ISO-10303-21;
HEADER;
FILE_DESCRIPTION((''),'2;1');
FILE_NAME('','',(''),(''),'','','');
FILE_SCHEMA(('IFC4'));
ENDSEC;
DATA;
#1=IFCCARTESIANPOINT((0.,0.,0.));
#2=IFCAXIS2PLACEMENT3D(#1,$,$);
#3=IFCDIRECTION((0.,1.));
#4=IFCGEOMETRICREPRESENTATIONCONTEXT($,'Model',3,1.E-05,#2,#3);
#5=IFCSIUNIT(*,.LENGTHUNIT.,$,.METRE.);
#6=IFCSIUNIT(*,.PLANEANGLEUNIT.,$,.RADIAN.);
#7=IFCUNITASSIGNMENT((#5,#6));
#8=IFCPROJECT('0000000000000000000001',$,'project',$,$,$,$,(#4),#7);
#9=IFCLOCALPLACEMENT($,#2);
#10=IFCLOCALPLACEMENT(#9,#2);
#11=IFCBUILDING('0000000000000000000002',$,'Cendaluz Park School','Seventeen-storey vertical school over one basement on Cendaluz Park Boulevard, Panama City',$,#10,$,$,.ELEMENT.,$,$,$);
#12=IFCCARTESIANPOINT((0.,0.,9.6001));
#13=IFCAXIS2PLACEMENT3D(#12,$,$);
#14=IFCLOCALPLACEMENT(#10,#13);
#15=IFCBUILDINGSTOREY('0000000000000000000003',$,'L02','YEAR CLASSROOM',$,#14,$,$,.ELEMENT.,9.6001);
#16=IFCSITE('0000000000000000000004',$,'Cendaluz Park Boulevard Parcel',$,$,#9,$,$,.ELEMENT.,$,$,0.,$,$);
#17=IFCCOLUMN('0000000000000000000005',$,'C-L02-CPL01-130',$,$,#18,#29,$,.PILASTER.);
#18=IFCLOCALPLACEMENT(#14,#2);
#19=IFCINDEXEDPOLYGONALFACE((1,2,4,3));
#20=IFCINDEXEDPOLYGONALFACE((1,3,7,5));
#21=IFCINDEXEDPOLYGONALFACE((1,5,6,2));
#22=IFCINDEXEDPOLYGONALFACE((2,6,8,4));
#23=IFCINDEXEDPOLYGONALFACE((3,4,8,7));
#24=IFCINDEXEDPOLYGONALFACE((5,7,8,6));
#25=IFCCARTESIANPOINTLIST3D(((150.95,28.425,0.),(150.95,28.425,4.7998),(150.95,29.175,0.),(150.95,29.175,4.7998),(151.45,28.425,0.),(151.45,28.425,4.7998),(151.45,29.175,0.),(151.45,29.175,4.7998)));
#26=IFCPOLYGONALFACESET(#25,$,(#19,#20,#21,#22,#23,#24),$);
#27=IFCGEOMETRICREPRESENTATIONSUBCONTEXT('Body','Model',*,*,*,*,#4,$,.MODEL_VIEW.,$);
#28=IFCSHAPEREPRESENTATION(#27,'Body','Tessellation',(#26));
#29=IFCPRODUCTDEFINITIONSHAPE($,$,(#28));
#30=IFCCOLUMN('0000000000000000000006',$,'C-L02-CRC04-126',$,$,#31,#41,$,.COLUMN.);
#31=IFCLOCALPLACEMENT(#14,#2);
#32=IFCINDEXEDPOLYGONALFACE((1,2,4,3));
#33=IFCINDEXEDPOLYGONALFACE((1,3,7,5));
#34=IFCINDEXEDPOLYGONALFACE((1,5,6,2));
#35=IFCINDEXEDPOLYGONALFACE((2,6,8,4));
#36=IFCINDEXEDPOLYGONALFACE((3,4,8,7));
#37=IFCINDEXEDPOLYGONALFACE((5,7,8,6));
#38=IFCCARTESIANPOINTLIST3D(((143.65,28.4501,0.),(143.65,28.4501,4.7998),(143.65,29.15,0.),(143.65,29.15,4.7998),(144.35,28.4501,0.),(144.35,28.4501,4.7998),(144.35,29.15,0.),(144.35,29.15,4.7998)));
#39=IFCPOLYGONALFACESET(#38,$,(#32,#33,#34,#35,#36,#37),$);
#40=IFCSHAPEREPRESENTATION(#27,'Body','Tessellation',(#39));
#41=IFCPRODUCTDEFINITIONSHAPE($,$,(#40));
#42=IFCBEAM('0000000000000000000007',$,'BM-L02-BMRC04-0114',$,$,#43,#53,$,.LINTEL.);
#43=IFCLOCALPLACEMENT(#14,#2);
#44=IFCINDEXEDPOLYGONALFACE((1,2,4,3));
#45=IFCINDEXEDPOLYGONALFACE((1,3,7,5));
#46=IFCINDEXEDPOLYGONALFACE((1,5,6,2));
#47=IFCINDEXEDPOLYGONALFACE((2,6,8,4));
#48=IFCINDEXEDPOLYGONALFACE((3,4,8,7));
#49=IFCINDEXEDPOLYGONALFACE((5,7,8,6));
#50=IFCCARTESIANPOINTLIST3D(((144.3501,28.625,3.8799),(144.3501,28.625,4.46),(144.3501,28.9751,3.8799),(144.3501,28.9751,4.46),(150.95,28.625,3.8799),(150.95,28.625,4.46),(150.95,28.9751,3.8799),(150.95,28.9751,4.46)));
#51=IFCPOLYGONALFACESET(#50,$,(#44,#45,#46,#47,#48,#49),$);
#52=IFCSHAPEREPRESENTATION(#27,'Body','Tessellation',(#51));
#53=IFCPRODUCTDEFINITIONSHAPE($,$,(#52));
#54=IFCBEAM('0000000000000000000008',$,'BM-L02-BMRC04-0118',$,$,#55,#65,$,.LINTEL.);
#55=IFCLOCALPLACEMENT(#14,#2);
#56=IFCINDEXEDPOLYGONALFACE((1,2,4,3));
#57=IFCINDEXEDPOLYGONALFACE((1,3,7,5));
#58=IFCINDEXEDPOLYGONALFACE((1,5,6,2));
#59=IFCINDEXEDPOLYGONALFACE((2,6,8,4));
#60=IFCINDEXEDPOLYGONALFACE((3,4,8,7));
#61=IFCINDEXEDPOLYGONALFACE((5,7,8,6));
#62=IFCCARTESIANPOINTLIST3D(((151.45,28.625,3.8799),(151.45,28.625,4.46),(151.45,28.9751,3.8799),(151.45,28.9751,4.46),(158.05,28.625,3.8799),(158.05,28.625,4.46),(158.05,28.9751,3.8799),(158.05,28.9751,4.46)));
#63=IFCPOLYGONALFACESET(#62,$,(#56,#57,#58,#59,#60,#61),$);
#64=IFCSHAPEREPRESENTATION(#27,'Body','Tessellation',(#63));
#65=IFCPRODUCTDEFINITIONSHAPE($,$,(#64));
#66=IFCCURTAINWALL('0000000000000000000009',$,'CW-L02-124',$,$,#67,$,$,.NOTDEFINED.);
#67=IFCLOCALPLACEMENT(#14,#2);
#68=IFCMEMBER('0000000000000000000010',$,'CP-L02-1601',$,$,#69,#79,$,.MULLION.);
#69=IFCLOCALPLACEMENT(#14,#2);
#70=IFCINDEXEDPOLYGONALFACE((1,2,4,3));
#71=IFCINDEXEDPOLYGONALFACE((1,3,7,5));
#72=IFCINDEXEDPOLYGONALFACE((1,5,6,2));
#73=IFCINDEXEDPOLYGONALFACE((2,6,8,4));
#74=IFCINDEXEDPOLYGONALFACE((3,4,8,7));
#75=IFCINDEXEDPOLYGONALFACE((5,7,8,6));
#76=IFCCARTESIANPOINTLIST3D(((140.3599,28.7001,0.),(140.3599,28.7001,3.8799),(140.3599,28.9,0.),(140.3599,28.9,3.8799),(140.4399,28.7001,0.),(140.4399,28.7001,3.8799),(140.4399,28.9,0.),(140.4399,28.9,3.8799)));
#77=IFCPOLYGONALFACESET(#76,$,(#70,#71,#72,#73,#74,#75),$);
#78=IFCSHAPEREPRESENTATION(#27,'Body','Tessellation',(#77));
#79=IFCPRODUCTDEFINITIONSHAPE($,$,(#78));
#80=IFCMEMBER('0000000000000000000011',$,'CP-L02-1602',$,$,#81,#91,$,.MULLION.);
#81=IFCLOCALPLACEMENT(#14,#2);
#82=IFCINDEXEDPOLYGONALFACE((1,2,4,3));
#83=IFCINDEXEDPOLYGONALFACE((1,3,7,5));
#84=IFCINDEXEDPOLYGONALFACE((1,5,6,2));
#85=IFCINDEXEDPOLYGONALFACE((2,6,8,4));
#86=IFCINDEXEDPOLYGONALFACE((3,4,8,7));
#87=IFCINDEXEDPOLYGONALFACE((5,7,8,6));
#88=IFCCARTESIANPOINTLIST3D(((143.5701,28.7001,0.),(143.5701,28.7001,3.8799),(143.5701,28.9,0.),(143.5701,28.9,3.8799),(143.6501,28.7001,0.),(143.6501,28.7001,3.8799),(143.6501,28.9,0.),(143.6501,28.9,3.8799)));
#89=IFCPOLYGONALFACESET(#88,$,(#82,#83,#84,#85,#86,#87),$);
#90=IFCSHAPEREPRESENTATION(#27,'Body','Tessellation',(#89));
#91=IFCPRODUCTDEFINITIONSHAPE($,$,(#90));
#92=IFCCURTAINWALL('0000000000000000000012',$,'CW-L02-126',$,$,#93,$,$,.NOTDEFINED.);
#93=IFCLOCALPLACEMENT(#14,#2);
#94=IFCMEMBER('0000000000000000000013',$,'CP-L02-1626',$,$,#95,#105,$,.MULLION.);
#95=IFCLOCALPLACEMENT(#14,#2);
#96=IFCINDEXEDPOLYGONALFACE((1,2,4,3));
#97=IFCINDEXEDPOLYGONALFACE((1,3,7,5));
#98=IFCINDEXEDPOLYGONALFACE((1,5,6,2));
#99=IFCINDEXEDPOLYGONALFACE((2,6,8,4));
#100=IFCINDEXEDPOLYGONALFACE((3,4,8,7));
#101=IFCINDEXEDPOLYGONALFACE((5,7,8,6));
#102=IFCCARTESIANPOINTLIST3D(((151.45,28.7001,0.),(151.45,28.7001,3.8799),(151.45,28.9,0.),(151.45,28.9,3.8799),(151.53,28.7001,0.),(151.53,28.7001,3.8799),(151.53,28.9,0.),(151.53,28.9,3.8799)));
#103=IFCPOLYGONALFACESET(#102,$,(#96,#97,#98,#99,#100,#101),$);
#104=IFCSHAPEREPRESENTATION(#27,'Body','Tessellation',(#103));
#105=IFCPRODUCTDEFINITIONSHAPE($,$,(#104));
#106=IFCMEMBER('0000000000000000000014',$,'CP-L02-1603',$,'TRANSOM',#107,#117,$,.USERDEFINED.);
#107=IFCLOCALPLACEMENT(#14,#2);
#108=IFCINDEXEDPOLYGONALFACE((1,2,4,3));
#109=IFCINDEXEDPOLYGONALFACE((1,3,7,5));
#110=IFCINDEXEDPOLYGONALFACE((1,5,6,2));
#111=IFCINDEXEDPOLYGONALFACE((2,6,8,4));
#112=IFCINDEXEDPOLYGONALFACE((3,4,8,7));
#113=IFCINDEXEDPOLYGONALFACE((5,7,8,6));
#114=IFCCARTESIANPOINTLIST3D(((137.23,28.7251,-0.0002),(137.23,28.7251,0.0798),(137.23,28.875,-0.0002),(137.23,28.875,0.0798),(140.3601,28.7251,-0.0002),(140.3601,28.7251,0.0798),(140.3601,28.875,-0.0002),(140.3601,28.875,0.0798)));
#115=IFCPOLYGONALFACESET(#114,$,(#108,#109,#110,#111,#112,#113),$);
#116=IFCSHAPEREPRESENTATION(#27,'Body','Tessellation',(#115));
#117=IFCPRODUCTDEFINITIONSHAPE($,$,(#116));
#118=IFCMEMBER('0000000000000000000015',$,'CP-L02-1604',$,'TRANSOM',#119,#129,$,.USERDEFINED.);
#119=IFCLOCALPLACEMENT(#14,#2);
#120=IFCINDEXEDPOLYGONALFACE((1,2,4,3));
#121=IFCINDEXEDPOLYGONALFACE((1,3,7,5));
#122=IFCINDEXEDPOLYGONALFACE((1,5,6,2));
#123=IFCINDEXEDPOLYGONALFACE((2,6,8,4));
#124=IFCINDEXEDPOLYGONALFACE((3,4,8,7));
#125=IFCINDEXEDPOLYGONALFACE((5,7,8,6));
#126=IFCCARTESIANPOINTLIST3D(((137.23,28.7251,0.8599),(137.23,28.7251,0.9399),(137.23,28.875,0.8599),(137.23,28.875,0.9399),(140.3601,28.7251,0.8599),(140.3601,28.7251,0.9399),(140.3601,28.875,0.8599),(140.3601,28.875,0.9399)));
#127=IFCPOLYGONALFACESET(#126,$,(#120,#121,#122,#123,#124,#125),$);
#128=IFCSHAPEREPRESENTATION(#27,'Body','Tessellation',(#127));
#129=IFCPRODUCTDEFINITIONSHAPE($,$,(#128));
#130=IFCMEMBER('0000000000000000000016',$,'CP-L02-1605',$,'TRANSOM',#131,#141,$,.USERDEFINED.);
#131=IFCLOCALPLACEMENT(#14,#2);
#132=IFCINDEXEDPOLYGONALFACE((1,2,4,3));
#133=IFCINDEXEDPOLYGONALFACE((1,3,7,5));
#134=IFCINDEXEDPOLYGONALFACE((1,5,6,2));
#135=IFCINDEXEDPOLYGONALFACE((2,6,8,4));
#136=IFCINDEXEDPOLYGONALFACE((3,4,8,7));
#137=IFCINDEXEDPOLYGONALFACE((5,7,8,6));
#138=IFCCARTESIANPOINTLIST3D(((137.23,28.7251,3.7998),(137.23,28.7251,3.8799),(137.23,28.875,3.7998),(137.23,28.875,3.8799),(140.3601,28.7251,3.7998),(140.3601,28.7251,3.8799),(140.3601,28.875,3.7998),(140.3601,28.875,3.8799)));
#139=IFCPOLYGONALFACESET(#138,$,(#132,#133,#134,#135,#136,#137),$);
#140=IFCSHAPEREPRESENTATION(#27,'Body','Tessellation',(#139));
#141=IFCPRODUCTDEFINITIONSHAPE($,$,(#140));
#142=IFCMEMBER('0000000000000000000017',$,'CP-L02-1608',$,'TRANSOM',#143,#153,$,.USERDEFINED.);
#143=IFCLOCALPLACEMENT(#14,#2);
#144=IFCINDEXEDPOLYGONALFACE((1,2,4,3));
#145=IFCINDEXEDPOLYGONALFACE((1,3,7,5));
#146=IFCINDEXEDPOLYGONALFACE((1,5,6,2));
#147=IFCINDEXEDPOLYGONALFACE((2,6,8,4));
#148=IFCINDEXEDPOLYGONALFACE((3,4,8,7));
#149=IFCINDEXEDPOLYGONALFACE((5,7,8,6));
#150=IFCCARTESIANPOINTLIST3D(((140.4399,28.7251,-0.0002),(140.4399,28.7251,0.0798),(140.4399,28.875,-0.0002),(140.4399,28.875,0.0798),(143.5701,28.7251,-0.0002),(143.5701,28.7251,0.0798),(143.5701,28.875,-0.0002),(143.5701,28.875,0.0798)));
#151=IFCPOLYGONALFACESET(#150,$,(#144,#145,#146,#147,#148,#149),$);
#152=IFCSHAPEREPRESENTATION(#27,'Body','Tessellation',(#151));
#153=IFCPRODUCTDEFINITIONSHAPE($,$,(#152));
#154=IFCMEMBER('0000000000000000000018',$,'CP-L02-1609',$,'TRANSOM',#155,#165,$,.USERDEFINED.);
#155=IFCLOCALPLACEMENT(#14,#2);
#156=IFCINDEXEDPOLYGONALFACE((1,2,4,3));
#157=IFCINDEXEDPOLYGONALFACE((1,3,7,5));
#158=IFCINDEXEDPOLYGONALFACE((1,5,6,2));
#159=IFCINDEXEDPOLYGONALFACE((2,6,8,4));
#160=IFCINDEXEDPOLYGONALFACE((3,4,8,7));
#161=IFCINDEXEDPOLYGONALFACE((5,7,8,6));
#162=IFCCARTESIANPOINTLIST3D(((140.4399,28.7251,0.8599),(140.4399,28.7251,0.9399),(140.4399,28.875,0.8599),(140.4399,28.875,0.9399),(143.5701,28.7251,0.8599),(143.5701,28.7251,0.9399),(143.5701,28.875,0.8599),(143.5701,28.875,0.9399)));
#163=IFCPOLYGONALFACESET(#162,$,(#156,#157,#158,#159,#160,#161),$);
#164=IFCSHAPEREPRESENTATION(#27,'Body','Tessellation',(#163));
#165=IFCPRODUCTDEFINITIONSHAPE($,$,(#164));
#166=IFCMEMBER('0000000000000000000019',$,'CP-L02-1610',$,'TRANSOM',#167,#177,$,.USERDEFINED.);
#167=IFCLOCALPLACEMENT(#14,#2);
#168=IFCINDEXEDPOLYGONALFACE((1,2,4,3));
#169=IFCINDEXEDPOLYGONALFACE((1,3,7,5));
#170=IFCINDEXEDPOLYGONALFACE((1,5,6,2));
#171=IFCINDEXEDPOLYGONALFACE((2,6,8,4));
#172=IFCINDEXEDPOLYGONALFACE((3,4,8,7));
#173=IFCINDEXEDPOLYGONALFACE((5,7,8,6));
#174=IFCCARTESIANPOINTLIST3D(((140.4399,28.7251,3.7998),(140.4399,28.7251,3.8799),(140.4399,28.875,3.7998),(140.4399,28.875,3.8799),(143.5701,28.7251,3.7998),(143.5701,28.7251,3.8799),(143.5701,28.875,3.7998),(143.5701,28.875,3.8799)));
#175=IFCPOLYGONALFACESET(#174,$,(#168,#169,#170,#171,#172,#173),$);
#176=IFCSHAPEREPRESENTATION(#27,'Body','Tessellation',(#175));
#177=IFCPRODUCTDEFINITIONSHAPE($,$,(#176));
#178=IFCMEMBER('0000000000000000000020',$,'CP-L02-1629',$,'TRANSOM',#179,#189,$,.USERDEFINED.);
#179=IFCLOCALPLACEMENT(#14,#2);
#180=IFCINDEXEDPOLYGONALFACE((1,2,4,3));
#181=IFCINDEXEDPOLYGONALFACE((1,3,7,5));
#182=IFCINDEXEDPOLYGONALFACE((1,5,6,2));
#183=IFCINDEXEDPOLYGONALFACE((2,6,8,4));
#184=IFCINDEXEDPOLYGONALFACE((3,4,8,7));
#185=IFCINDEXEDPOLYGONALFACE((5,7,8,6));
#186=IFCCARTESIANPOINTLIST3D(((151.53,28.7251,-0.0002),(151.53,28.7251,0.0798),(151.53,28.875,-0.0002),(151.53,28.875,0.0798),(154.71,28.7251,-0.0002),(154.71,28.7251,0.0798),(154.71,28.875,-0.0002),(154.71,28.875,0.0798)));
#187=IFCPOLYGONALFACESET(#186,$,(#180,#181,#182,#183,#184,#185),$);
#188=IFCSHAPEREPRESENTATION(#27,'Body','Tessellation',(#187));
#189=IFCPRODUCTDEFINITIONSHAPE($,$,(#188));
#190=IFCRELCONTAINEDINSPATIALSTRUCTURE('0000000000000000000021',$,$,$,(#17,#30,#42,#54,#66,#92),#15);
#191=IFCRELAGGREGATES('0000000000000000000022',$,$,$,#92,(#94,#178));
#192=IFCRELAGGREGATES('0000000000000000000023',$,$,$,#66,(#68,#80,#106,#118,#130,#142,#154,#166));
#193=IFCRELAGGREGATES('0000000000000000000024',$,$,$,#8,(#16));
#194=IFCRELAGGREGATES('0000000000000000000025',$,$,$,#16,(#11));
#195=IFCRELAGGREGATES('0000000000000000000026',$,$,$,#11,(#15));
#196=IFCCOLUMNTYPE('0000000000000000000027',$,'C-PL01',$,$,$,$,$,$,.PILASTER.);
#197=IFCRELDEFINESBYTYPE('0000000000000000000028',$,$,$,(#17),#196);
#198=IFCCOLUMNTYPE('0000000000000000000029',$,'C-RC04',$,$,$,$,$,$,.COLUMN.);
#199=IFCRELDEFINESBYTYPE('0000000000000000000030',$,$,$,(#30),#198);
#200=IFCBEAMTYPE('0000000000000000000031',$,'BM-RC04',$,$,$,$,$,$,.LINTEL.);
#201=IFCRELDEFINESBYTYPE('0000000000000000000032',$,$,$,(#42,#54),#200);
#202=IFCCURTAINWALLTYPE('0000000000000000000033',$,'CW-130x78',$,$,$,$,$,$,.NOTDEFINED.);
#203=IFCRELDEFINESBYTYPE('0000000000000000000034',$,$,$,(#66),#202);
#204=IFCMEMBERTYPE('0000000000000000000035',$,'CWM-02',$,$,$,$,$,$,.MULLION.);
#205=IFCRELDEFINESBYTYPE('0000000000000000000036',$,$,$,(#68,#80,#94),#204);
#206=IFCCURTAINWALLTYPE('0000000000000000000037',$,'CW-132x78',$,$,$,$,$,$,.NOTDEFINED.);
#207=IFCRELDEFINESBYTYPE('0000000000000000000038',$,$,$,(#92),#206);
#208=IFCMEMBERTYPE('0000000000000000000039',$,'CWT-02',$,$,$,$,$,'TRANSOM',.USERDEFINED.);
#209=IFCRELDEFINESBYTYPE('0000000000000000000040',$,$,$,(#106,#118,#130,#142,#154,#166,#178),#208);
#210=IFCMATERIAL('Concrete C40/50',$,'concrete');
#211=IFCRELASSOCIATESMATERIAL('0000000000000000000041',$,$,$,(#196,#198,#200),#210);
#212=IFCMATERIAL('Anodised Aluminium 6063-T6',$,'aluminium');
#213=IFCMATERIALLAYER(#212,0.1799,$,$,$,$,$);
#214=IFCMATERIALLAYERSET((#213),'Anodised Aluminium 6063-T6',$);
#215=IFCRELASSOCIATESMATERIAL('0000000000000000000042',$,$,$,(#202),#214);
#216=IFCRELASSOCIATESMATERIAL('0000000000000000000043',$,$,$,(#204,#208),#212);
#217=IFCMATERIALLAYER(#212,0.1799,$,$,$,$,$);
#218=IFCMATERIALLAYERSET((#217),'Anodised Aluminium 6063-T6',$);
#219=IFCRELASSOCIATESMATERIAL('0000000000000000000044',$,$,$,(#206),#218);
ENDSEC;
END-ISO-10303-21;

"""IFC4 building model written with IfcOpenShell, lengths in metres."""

from ifc_helpers import new_model, si_unit, direction, frame, origin, origin_2d, place, context, subcontext, project, spatial, rectangle, extrude, material, layer, layer_set, material_profile, profile_set, type_object, element, aggregate, save


model = new_model("IFC4")

# Units and contexts
model_context = context("Model", 3, precision=1e-05, world=origin(), true_north=direction((0.0, 1.0)))
body_context = subcontext(model_context, "Body", "Model", "MODEL_VIEW")
ifc_project = project(units=[si_unit("LENGTHUNIT", "METRE"), si_unit("PLANEANGLEUNIT", "RADIAN")], contexts=[model_context])

# Site, building, storey
site_placement = place(None, origin())
site = spatial("IfcSite", under=ifc_project, at=site_placement, Name="Cendaluz Park Boulevard Parcel", CompositionType="ELEMENT", RefElevation=0.0)
building_placement = place(site_placement, origin())
building = spatial("IfcBuilding", under=site, at=building_placement, Name="Cendaluz Park School", Description="Seventeen-storey vertical school over one basement on Cendaluz Park Boulevard, Panama City", CompositionType="ELEMENT")
storey_placement = place(building_placement, frame((0.0, 0.0, 9.6001)))
storey = spatial("IfcBuildingStorey", under=building, at=storey_placement, Name="L02", Description="YEAR CLASSROOM", CompositionType="ELEMENT", Elevation=9.6001)

# Columns
ifc_material_1 = material(Name="Concrete C40/50", Category="concrete")
ifc_material_profile_1 = material_profile(ifc_material_1, rectangle(XDim=0.5, YDim=0.75, at=origin_2d()), Name="RC 500x750", Category="concrete")
ifc_profile_set_1 = profile_set([ifc_material_profile_1], Name="Concrete C40/50")
column_type_1 = type_object("IfcColumnType", Name="C-PL01", PredefinedType="PILASTER", material=ifc_profile_set_1)
column_1_placement = place(storey_placement, frame((151.2, 28.8, 0.0), z_axis=(0.0, 0.0, 1.0), x_axis=(1.0, 0.0, 0.0)))
element("IfcColumn", 1, at=column_1_placement, inside=storey, type_object=column_type_1, Name="C-L02-CPL01-130", PredefinedType="PILASTER", context=body_context, shape_type="SweptSolid", body=[
    extrude(rectangle(XDim=0.5, YDim=0.75, at=origin_2d()), origin(), (0.0, 0.0, 1.0), 4.7998),
])
ifc_material_profile_2 = material_profile(ifc_material_1, rectangle(XDim=0.7, YDim=0.7, at=origin_2d()), Name="RC 700x700", Category="concrete")
ifc_profile_set_2 = profile_set([ifc_material_profile_2], Name="Concrete C40/50")
column_type_2 = type_object("IfcColumnType", Name="C-RC04", PredefinedType="COLUMN", material=ifc_profile_set_2)
column_2_placement = place(storey_placement, frame((144.0, 28.8, 0.0), z_axis=(0.0, 0.0, 1.0), x_axis=(1.0, 0.0, 0.0)))
element("IfcColumn", 2, at=column_2_placement, inside=storey, type_object=column_type_2, Name="C-L02-CRC04-126", PredefinedType="COLUMN", context=body_context, shape_type="SweptSolid", body=[
    extrude(rectangle(XDim=0.7, YDim=0.7, at=origin_2d()), origin(), (0.0, 0.0, 1.0), 4.7998),
])

# Beams
ifc_material_profile_3 = material_profile(ifc_material_1, rectangle(XDim=0.3501, YDim=0.5801, at=origin_2d()), Name="RC 350x580", Category="concrete")
ifc_profile_set_3 = profile_set([ifc_material_profile_3], Name="Concrete C40/50")
beam_type_1 = type_object("IfcBeamType", Name="BM-RC04", PredefinedType="LINTEL", material=ifc_profile_set_3)
beam_1_placement = place(storey_placement, frame((144.3501, 28.8, 4.1699), z_axis=(1.0, 0.0, 0.0), x_axis=(0.0, 1.0, 0.0)))
element("IfcBeam", 3, at=beam_1_placement, inside=storey, type_object=beam_type_1, Name="BM-L02-BMRC04-0114", PredefinedType="LINTEL", context=body_context, shape_type="SweptSolid", body=[
    extrude(rectangle(XDim=0.3501, YDim=0.5801, at=origin_2d()), origin(), (0.0, 0.0, 1.0), 6.5999),
])
beam_2_placement = place(storey_placement, frame((151.45, 28.8, 4.1699), z_axis=(1.0, 0.0, 0.0), x_axis=(0.0, 1.0, 0.0)))
element("IfcBeam", 4, at=beam_2_placement, inside=storey, type_object=beam_type_1, Name="BM-L02-BMRC04-0118", PredefinedType="LINTEL", context=body_context, shape_type="SweptSolid", body=[
    extrude(rectangle(XDim=0.3501, YDim=0.5801, at=origin_2d()), origin(), (0.0, 0.0, 1.0), 6.6001),
])

# Curtain wall, members
ifc_material_2 = material(Name="Anodised Aluminium 6063-T6", Category="aluminium")
ifc_layer_1 = layer(ifc_material_2, 0.1799)
ifc_layer_set_1 = layer_set([ifc_layer_1], Name="Anodised Aluminium 6063-T6")
curtain_wall_type_1 = type_object("IfcCurtainWallType", Name="CW-130x78", PredefinedType="NOTDEFINED", material=ifc_layer_set_1)
curtain_wall_1_placement = place(storey_placement, origin())
curtain_wall_1 = element("IfcCurtainWall", 5, at=curtain_wall_1_placement, inside=storey, type_object=curtain_wall_type_1, Name="CW-L02-124", PredefinedType="NOTDEFINED")
ifc_material_profile_4 = material_profile(ifc_material_2, rectangle(XDim=0.2, YDim=0.0801, at=origin_2d()), Name="CWM 200x80", Category="aluminium")
ifc_profile_set_4 = profile_set([ifc_material_profile_4], Name="Anodised Aluminium 6063-T6")
member_type_1 = type_object("IfcMemberType", Name="CWM-02", PredefinedType="MULLION", material=ifc_profile_set_4)
member_1_placement = place(storey_placement, frame((140.3999, 28.8, 0.0), z_axis=(0.0, 0.0, 1.0), x_axis=(0.0, 1.0, 0.0)))
member_1 = element("IfcMember", 6, at=member_1_placement, type_object=member_type_1, Name="CP-L02-1601", PredefinedType="MULLION", context=body_context, shape_type="SweptSolid", body=[
    extrude(rectangle(XDim=0.2, YDim=0.0801, at=origin_2d()), origin(), (0.0, 0.0, 1.0), 3.8799),
])
member_2_placement = place(storey_placement, frame((143.6101, 28.8, 0.0), z_axis=(0.0, 0.0, 1.0), x_axis=(0.0, 1.0, 0.0)))
member_2 = element("IfcMember", 7, at=member_2_placement, type_object=member_type_1, Name="CP-L02-1602", PredefinedType="MULLION", context=body_context, shape_type="SweptSolid", body=[
    extrude(rectangle(XDim=0.2, YDim=0.0801, at=origin_2d()), origin(), (0.0, 0.0, 1.0), 3.8799),
])

# Curtain wall, member
ifc_layer_2 = layer(ifc_material_2, 0.1799)
ifc_layer_set_2 = layer_set([ifc_layer_2], Name="Anodised Aluminium 6063-T6")
curtain_wall_type_2 = type_object("IfcCurtainWallType", Name="CW-132x78", PredefinedType="NOTDEFINED", material=ifc_layer_set_2)
curtain_wall_2_placement = place(storey_placement, origin())
curtain_wall_2 = element("IfcCurtainWall", 8, at=curtain_wall_2_placement, inside=storey, type_object=curtain_wall_type_2, Name="CW-L02-126", PredefinedType="NOTDEFINED")
member_3_placement = place(storey_placement, frame((151.49, 28.8, 0.0), z_axis=(0.0, 0.0, 1.0), x_axis=(0.0, 1.0, 0.0)))
member_3 = element("IfcMember", 9, at=member_3_placement, type_object=member_type_1, Name="CP-L02-1626", PredefinedType="MULLION", context=body_context, shape_type="SweptSolid", body=[
    extrude(rectangle(XDim=0.2, YDim=0.0801, at=origin_2d()), origin(), (0.0, 0.0, 1.0), 3.8799),
])

# Members
ifc_material_profile_5 = material_profile(ifc_material_2, rectangle(XDim=0.1499, YDim=0.0801, at=origin_2d()), Name="CWT 150x80", Category="aluminium")
ifc_profile_set_5 = profile_set([ifc_material_profile_5], Name="Anodised Aluminium 6063-T6")
member_type_2 = type_object("IfcMemberType", Name="CWT-02", ElementType="TRANSOM", PredefinedType="USERDEFINED", material=ifc_profile_set_5)
member_4_placement = place(storey_placement, frame((137.23, 28.8, 0.0398), z_axis=(1.0, 0.0, 0.0), x_axis=(0.0, 1.0, 0.0)))
member_4 = element("IfcMember", 10, at=member_4_placement, type_object=member_type_2, Name="CP-L02-1603", ObjectType="TRANSOM", PredefinedType="USERDEFINED", context=body_context, shape_type="SweptSolid", body=[
    extrude(rectangle(XDim=0.1499, YDim=0.0801, at=origin_2d()), origin(), (0.0, 0.0, 1.0), 3.1301),
])
member_5_placement = place(storey_placement, frame((137.23, 28.8, 0.8999), z_axis=(1.0, 0.0, 0.0), x_axis=(0.0, 1.0, 0.0)))
member_5 = element("IfcMember", 11, at=member_5_placement, type_object=member_type_2, Name="CP-L02-1604", ObjectType="TRANSOM", PredefinedType="USERDEFINED", context=body_context, shape_type="SweptSolid", body=[
    extrude(rectangle(XDim=0.1499, YDim=0.0801, at=origin_2d()), origin(), (0.0, 0.0, 1.0), 3.1301),
])
member_6_placement = place(storey_placement, frame((137.23, 28.8, 3.8398), z_axis=(1.0, 0.0, 0.0), x_axis=(0.0, 1.0, 0.0)))
member_6 = element("IfcMember", 12, at=member_6_placement, type_object=member_type_2, Name="CP-L02-1605", ObjectType="TRANSOM", PredefinedType="USERDEFINED", context=body_context, shape_type="SweptSolid", body=[
    extrude(rectangle(XDim=0.1499, YDim=0.0801, at=origin_2d()), origin(), (0.0, 0.0, 1.0), 3.1301),
])
member_7_placement = place(storey_placement, frame((140.4399, 28.8, 0.0398), z_axis=(1.0, 0.0, 0.0), x_axis=(0.0, 1.0, 0.0)))
member_7 = element("IfcMember", 13, at=member_7_placement, type_object=member_type_2, Name="CP-L02-1608", ObjectType="TRANSOM", PredefinedType="USERDEFINED", context=body_context, shape_type="SweptSolid", body=[
    extrude(rectangle(XDim=0.1499, YDim=0.0801, at=origin_2d()), origin(), (0.0, 0.0, 1.0), 3.1301),
])
member_8_placement = place(storey_placement, frame((140.4399, 28.8, 0.8999), z_axis=(1.0, 0.0, 0.0), x_axis=(0.0, 1.0, 0.0)))
member_8 = element("IfcMember", 14, at=member_8_placement, type_object=member_type_2, Name="CP-L02-1609", ObjectType="TRANSOM", PredefinedType="USERDEFINED", context=body_context, shape_type="SweptSolid", body=[
    extrude(rectangle(XDim=0.1499, YDim=0.0801, at=origin_2d()), origin(), (0.0, 0.0, 1.0), 3.1301),
])
member_9_placement = place(storey_placement, frame((140.4399, 28.8, 3.8398), z_axis=(1.0, 0.0, 0.0), x_axis=(0.0, 1.0, 0.0)))
member_9 = element("IfcMember", 15, at=member_9_placement, type_object=member_type_2, Name="CP-L02-1610", ObjectType="TRANSOM", PredefinedType="USERDEFINED", context=body_context, shape_type="SweptSolid", body=[
    extrude(rectangle(XDim=0.1499, YDim=0.0801, at=origin_2d()), origin(), (0.0, 0.0, 1.0), 3.1301),
])
member_10_placement = place(storey_placement, frame((151.53, 28.8, 0.0398), z_axis=(1.0, 0.0, 0.0), x_axis=(0.0, 1.0, 0.0)))
member_10 = element("IfcMember", 16, at=member_10_placement, type_object=member_type_2, Name="CP-L02-1629", ObjectType="TRANSOM", PredefinedType="USERDEFINED", context=body_context, shape_type="SweptSolid", body=[
    extrude(rectangle(XDim=0.1499, YDim=0.0801, at=origin_2d()), origin(), (0.0, 0.0, 1.0), 3.1799),
])
aggregate(curtain_wall_2, [member_3, member_10])

aggregate(curtain_wall_1, [member_1, member_2, member_4, member_5, member_6, member_7, member_8, member_9])

save(model, "model.ifc")
